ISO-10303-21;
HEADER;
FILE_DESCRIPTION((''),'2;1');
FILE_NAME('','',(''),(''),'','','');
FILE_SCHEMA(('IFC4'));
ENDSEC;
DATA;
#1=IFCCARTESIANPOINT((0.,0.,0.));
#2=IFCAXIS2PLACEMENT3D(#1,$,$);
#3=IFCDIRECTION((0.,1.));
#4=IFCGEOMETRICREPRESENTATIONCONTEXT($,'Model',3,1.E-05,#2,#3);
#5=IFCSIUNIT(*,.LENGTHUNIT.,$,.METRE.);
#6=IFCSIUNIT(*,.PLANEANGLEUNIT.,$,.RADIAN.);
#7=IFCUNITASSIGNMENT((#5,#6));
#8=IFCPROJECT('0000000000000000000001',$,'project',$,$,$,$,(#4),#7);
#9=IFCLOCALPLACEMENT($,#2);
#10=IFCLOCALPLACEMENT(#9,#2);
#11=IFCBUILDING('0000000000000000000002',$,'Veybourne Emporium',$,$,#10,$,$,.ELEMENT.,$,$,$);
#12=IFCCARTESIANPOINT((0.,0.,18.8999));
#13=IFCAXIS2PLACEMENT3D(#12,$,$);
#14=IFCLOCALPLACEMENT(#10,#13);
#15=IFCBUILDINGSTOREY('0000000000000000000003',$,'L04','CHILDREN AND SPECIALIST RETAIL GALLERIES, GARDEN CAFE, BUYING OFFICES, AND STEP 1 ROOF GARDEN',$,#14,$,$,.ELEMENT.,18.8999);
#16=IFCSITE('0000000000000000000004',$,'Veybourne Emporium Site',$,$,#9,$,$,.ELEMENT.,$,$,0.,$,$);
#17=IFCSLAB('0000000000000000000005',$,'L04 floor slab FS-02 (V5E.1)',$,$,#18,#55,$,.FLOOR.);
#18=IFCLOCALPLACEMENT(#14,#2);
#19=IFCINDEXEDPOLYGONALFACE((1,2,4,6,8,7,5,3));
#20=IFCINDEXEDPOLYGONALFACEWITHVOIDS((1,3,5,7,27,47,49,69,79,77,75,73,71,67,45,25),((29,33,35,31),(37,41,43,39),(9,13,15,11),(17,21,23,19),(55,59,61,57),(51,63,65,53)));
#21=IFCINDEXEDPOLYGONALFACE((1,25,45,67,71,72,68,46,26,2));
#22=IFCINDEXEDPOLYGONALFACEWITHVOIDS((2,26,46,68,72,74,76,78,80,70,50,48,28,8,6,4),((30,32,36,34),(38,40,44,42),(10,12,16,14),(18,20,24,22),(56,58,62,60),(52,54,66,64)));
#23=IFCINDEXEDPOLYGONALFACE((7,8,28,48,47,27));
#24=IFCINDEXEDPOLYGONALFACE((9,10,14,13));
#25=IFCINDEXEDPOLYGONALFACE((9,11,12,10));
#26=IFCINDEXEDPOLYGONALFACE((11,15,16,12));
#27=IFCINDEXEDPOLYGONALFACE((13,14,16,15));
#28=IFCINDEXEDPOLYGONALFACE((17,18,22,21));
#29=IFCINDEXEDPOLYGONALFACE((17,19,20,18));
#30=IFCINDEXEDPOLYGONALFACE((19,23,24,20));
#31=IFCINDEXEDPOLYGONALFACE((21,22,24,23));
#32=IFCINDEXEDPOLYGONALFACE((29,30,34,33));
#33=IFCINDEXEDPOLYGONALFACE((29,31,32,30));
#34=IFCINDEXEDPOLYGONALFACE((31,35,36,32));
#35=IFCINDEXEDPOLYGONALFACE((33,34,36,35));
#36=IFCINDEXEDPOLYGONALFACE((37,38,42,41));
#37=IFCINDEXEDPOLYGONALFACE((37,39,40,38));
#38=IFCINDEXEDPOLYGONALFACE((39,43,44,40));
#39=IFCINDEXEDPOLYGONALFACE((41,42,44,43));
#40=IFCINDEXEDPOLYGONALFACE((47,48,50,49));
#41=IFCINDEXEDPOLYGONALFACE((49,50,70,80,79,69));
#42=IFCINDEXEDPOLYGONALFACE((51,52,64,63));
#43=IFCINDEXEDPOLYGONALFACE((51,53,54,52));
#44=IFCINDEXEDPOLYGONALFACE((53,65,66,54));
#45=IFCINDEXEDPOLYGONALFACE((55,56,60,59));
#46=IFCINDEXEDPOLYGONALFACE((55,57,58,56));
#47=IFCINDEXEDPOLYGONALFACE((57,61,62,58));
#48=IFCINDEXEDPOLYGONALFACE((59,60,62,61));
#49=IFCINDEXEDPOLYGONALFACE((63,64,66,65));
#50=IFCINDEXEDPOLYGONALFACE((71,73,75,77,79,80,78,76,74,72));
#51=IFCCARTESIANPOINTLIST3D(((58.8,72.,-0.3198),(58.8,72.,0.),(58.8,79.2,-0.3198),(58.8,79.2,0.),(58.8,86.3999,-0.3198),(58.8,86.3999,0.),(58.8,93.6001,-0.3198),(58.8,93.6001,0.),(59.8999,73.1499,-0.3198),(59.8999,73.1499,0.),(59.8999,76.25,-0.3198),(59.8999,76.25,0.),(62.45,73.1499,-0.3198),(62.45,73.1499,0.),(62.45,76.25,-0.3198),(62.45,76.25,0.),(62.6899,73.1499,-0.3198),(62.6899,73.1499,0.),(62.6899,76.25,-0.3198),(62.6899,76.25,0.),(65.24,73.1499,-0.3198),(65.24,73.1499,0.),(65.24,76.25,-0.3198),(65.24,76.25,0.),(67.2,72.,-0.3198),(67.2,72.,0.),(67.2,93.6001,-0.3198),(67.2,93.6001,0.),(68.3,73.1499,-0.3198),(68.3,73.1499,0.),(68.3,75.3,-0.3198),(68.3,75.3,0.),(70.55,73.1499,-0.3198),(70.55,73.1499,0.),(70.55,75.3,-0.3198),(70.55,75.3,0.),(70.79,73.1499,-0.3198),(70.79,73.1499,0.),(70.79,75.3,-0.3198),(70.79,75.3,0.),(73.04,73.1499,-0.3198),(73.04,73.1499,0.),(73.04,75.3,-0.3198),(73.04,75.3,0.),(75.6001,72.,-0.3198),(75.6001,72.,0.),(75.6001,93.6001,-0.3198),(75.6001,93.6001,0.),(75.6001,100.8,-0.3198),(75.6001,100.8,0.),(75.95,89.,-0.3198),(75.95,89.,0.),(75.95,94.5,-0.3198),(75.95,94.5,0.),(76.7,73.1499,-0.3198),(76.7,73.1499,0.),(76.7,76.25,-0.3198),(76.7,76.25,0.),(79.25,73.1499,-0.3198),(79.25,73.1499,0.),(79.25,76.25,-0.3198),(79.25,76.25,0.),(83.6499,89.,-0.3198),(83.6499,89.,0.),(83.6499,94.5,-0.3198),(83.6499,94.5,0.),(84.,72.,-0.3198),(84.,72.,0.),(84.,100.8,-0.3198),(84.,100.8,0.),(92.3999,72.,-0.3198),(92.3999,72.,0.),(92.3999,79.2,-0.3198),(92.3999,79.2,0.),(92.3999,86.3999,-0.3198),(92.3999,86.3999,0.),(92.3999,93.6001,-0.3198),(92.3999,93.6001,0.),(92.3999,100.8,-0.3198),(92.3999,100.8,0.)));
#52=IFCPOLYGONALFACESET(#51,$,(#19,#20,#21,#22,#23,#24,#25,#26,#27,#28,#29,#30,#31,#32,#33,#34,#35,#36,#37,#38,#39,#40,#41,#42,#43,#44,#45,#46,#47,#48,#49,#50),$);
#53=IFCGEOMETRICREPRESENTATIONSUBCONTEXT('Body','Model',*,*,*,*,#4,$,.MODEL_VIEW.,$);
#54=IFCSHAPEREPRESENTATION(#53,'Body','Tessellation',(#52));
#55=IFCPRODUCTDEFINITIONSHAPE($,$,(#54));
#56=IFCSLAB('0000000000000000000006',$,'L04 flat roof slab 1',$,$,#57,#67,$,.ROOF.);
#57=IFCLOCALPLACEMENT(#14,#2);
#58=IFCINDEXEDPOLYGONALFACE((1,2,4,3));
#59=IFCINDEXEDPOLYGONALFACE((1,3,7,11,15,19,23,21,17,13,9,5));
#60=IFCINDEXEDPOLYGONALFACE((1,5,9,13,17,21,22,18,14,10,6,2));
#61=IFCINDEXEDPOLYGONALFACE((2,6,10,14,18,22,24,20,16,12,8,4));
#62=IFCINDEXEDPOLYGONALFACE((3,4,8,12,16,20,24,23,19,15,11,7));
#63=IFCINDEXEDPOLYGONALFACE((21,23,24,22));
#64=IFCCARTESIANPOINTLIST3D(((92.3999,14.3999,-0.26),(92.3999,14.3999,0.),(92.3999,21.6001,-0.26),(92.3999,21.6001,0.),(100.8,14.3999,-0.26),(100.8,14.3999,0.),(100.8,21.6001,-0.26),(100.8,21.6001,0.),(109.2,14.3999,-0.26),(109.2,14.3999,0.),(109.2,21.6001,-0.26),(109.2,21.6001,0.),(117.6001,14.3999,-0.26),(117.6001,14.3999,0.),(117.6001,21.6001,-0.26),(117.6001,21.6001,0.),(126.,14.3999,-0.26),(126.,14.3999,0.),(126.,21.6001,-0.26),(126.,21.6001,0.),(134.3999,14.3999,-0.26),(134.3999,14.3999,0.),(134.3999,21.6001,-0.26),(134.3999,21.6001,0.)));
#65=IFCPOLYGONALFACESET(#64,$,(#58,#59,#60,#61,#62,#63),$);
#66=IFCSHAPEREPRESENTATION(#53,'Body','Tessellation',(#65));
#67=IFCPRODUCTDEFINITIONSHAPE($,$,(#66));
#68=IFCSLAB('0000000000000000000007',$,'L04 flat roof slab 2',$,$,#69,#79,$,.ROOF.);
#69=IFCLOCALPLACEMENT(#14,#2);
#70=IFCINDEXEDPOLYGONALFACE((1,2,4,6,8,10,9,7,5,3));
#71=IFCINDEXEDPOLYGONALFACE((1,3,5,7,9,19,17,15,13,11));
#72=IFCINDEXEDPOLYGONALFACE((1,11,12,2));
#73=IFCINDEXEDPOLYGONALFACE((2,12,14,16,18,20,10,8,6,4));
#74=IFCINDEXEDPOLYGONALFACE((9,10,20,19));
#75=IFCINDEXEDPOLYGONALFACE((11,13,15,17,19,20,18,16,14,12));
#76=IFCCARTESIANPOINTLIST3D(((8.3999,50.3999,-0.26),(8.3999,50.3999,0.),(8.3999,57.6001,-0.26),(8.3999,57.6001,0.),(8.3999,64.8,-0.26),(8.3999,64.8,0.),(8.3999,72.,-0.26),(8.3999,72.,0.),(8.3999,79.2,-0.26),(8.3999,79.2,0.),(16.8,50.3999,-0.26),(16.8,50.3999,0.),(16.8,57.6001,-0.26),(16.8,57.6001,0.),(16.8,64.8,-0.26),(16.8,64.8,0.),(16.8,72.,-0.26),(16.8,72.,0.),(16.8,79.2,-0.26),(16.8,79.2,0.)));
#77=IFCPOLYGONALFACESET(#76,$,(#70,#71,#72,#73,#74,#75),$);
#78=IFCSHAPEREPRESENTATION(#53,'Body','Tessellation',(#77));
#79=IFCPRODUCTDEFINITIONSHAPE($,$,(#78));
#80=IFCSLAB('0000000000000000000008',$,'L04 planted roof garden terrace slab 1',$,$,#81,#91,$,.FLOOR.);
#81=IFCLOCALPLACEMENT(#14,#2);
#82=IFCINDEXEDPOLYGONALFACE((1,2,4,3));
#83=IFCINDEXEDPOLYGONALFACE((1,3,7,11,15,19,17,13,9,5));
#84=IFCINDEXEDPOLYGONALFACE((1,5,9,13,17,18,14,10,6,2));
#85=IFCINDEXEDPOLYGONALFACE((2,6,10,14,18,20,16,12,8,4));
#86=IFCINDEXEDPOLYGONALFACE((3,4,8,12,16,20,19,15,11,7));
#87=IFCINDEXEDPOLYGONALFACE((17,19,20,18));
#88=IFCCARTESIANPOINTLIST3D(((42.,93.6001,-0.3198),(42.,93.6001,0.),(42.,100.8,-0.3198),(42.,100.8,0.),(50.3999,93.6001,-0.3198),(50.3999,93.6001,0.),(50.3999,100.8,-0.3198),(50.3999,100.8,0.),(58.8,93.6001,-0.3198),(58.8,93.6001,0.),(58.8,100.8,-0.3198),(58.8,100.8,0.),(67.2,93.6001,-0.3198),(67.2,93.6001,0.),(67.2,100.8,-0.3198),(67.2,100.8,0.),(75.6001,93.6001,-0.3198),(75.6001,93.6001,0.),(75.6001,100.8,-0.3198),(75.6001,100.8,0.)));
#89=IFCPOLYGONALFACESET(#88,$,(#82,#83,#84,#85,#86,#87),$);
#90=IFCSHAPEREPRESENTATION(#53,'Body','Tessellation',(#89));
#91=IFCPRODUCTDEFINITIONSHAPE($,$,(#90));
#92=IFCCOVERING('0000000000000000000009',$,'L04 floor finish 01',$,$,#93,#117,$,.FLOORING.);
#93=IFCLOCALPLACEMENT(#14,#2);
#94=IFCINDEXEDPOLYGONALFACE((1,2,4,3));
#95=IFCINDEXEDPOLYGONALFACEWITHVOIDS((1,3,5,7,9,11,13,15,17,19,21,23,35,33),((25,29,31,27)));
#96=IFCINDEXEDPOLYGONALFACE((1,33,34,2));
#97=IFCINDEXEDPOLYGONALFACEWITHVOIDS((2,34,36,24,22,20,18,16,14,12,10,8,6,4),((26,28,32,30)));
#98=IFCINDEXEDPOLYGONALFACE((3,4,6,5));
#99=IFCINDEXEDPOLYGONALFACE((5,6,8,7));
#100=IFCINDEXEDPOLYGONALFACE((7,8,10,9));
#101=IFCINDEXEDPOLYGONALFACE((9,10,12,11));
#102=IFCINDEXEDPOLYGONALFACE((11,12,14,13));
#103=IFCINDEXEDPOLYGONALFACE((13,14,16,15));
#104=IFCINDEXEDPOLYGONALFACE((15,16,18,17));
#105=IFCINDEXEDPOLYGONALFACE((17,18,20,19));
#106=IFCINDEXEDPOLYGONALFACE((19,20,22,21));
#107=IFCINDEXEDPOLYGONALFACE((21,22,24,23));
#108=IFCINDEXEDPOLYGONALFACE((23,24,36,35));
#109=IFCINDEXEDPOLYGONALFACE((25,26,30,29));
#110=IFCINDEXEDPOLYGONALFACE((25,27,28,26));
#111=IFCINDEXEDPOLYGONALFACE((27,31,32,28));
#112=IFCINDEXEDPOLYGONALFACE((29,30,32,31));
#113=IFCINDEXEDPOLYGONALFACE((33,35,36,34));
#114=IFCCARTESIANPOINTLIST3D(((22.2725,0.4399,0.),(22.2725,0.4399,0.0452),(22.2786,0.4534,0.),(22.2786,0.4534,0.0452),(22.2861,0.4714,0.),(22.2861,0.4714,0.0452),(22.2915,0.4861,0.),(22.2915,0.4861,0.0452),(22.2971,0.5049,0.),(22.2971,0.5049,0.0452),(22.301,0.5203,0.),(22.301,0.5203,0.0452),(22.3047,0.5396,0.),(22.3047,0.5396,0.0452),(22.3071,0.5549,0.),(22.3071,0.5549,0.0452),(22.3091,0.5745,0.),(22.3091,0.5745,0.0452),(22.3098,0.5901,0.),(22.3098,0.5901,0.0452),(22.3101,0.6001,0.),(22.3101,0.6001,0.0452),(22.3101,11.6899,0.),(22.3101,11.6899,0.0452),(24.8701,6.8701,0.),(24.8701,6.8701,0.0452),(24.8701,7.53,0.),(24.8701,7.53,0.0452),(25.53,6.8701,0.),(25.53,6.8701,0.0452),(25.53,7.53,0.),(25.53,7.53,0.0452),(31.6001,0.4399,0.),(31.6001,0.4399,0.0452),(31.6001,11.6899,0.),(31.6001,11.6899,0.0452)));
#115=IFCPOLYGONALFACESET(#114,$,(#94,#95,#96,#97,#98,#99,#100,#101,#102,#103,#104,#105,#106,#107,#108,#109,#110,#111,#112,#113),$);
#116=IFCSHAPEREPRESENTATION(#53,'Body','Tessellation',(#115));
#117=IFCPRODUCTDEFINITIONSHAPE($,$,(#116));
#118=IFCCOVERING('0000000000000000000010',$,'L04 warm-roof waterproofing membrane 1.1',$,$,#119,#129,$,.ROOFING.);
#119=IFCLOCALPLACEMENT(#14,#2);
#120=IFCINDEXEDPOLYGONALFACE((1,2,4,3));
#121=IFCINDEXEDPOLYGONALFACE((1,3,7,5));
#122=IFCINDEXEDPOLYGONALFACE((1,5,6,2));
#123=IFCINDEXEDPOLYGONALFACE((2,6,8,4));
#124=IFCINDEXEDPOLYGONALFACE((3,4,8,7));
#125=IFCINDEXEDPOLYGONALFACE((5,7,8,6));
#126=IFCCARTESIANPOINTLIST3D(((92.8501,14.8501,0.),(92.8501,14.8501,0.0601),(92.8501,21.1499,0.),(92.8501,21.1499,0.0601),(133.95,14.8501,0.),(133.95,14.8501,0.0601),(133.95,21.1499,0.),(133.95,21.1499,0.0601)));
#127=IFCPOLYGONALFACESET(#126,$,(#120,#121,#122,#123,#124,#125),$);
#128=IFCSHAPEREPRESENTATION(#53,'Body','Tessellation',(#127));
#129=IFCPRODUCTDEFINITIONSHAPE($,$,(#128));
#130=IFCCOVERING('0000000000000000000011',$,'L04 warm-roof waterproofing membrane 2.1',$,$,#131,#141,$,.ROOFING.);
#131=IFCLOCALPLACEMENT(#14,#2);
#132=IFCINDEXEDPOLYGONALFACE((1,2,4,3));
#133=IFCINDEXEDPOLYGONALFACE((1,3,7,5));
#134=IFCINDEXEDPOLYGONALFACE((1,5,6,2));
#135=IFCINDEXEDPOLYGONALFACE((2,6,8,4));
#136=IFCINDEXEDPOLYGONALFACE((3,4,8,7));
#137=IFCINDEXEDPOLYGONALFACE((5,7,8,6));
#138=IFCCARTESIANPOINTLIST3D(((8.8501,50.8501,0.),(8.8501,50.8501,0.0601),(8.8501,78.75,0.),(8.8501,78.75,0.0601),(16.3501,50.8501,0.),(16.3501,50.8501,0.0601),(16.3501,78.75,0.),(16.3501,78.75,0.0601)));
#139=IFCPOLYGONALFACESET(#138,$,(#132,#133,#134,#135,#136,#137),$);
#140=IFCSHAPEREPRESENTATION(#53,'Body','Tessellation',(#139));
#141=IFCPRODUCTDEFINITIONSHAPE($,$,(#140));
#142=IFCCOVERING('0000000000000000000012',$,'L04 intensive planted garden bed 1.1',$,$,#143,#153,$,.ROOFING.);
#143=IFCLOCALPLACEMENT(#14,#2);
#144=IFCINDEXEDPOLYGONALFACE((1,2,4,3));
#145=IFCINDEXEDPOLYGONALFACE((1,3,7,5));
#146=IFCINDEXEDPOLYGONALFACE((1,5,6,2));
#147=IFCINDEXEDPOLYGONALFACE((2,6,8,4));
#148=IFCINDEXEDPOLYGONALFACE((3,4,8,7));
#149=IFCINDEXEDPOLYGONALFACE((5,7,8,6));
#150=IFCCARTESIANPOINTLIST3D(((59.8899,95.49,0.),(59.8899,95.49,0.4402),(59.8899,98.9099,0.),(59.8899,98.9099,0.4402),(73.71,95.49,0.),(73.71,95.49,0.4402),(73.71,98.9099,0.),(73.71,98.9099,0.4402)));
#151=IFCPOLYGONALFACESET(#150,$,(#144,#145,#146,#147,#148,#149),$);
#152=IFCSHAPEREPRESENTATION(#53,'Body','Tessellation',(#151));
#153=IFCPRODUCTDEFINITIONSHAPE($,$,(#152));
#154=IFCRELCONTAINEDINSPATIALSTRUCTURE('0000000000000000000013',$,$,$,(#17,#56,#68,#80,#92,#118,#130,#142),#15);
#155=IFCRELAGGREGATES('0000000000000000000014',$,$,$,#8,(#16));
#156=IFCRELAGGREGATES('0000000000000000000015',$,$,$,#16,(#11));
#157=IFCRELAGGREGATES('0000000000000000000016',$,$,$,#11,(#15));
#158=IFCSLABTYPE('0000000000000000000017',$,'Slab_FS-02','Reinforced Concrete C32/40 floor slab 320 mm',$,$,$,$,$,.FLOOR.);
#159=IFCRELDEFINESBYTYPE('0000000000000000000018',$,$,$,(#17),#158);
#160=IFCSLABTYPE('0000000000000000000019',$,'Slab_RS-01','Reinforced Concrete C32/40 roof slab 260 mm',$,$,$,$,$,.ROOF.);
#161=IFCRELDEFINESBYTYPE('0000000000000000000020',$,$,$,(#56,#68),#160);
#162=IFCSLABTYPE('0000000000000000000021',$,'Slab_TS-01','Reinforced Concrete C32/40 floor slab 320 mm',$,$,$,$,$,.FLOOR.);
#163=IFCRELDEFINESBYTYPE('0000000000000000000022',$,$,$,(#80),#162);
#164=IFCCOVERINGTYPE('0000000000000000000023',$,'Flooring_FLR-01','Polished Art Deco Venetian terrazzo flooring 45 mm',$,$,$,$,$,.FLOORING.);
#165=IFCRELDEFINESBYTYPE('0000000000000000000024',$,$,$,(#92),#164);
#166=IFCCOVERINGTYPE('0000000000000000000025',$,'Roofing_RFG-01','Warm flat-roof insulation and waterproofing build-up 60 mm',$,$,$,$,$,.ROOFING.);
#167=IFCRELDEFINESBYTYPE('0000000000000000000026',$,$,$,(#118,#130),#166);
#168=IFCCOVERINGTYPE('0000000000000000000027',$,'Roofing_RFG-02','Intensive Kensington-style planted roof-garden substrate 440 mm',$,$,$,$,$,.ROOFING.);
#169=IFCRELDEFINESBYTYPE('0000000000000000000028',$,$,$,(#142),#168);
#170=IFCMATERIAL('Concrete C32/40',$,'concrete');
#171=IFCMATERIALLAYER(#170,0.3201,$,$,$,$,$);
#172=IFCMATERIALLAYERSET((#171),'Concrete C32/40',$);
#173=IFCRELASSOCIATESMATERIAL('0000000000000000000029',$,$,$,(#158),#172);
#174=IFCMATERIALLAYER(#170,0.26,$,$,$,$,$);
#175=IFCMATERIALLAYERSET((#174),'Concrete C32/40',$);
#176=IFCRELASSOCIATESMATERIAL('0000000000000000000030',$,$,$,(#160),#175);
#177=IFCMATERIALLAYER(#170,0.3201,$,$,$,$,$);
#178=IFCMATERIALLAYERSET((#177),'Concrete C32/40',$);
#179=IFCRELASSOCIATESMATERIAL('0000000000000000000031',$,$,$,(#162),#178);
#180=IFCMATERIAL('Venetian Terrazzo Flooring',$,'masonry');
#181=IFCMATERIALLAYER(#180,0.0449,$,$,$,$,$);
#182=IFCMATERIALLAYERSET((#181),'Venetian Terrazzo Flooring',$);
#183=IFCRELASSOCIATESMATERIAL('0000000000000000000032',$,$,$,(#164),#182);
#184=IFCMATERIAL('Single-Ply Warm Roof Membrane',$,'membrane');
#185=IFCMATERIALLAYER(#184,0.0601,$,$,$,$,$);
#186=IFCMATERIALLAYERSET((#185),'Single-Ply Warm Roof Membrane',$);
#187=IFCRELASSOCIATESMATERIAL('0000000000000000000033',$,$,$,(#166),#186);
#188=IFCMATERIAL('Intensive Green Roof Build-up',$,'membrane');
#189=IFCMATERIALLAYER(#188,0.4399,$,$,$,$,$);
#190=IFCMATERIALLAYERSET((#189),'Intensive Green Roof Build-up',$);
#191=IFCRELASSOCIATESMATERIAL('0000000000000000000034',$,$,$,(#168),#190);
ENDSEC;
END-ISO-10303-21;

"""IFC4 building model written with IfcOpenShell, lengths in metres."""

from ifc_helpers import new_model, si_unit, direction, frame, origin, place, context, subcontext, project, spatial, polyline, outline, extrude, material, layer, layer_set, type_object, element, save


model = new_model("IFC4")

# Units and contexts
model_context = context("Model", 3, precision=1e-05, world=origin(), true_north=direction((0.0, 1.0)))
body_context = subcontext(model_context, "Body", "Model", "MODEL_VIEW")
ifc_project = project(units=[si_unit("LENGTHUNIT", "METRE"), si_unit("PLANEANGLEUNIT", "RADIAN")], contexts=[model_context])

# Site, building, storey
site_placement = place(None, origin())
site = spatial("IfcSite", under=ifc_project, at=site_placement, Name="Veybourne Emporium Site", CompositionType="ELEMENT", RefElevation=0.0)
building_placement = place(site_placement, origin())
building = spatial("IfcBuilding", under=site, at=building_placement, Name="Veybourne Emporium", CompositionType="ELEMENT")
storey_placement = place(building_placement, frame((0.0, 0.0, 18.8999)))
storey = spatial("IfcBuildingStorey", under=building, at=storey_placement, Name="L04", Description="CHILDREN AND SPECIALIST RETAIL GALLERIES, GARDEN CAFE, BUYING OFFICES, AND STEP 1 ROOF GARDEN", CompositionType="ELEMENT", Elevation=18.8999)

# Shared definitions
ifc_material_1 = material(Name="Concrete C32/40", Category="concrete")

# Slabs
ifc_layer_1 = layer(ifc_material_1, 0.3201)
ifc_layer_set_1 = layer_set([ifc_layer_1], Name="Concrete C32/40")
slab_type_1 = type_object("IfcSlabType", Name="Slab_FS-02", Description="Reinforced Concrete C32/40 floor slab 320 mm", PredefinedType="FLOOR", material=ifc_layer_set_1)
slab_1_placement = place(storey_placement, frame((0.0, 0.0, -0.3198)))
element("IfcSlab", 1, at=slab_1_placement, inside=storey, type_object=slab_type_1, Name="L04 floor slab FS-02 (V5E.1)", PredefinedType="FLOOR", context=body_context, shape_type="SweptSolid", body=[
    extrude(outline(polyline([(58.8, 93.6001), (67.2, 93.6001), (75.6001, 93.6001), (75.6001, 100.8), (84.0, 100.8), (92.3999, 100.8), (92.3999, 93.6001), (92.3999, 86.3999), (92.3999, 79.2), (92.3999, 72.0), (84.0, 72.0), (75.6001, 72.0), (67.2, 72.0), (58.8, 72.0), (58.8, 79.2), (58.8, 86.3999), (58.8, 93.6001)]), holes=[polyline([(68.3, 73.1499), (70.55, 73.1499), (70.55, 75.3), (68.3, 75.3), (68.3, 73.1499)]), polyline([(73.04, 73.1499), (73.04, 75.3), (70.79, 75.3), (70.79, 73.1499), (73.04, 73.1499)]), polyline([(59.8999, 73.1499), (62.45, 73.1499), (62.45, 76.25), (59.8999, 76.25), (59.8999, 73.1499)]), polyline([(62.6899, 73.1499), (65.24, 73.1499), (65.24, 76.25), (62.6899, 76.25), (62.6899, 73.1499)]), polyline([(79.25, 73.1499), (79.25, 76.25), (76.7, 76.25), (76.7, 73.1499), (79.25, 73.1499)]), polyline([(75.95, 89.0), (83.6499, 89.0), (83.6499, 94.5), (75.95, 94.5), (75.95, 89.0)])]), origin(), (0.0, 0.0, 1.0), 0.3198),
])
ifc_layer_2 = layer(ifc_material_1, 0.26)
ifc_layer_set_2 = layer_set([ifc_layer_2], Name="Concrete C32/40")
slab_type_2 = type_object("IfcSlabType", Name="Slab_RS-01", Description="Reinforced Concrete C32/40 roof slab 260 mm", PredefinedType="ROOF", material=ifc_layer_set_2)
slab_2_placement = place(storey_placement, frame((0.0, 0.0, -0.26)))
element("IfcSlab", 2, at=slab_2_placement, inside=storey, type_object=slab_type_2, Name="L04 flat roof slab 1", PredefinedType="ROOF", context=body_context, shape_type="SweptSolid", body=[
    extrude(outline(polyline([(109.2, 21.6001), (117.6001, 21.6001), (126.0, 21.6001), (134.3999, 21.6001), (134.3999, 14.3999), (126.0, 14.3999), (117.6001, 14.3999), (109.2, 14.3999), (100.8, 14.3999), (92.3999, 14.3999), (92.3999, 21.6001), (100.8, 21.6001), (109.2, 21.6001)])), origin(), (0.0, 0.0, 1.0), 0.26),
])
slab_3_placement = place(storey_placement, frame((0.0, 0.0, -0.26)))
element("IfcSlab", 3, at=slab_3_placement, inside=storey, type_object=slab_type_2, Name="L04 flat roof slab 2", PredefinedType="ROOF", context=body_context, shape_type="SweptSolid", body=[
    extrude(outline(polyline([(8.3999, 64.8), (8.3999, 72.0), (8.3999, 79.2), (16.8, 79.2), (16.8, 72.0), (16.8, 64.8), (16.8, 57.6001), (16.8, 50.3999), (8.3999, 50.3999), (8.3999, 57.6001), (8.3999, 64.8)])), origin(), (0.0, 0.0, 1.0), 0.26),
])
ifc_layer_3 = layer(ifc_material_1, 0.3201)
ifc_layer_set_3 = layer_set([ifc_layer_3], Name="Concrete C32/40")
slab_type_3 = type_object("IfcSlabType", Name="Slab_TS-01", Description="Reinforced Concrete C32/40 floor slab 320 mm", PredefinedType="FLOOR", material=ifc_layer_set_3)
slab_4_placement = place(storey_placement, frame((0.0, 0.0, -0.3198)))
element("IfcSlab", 4, at=slab_4_placement, inside=storey, type_object=slab_type_3, Name="L04 planted roof garden terrace slab 1", PredefinedType="FLOOR", context=body_context, shape_type="SweptSolid", body=[
    extrude(outline(polyline([(50.3999, 100.8), (58.8, 100.8), (67.2, 100.8), (75.6001, 100.8), (75.6001, 93.6001), (67.2, 93.6001), (58.8, 93.6001), (50.3999, 93.6001), (42.0, 93.6001), (42.0, 100.8), (50.3999, 100.8)])), origin(), (0.0, 0.0, 1.0), 0.3198),
])

# Coverings
ifc_material_2 = material(Name="Venetian Terrazzo Flooring", Category="masonry")
ifc_layer_4 = layer(ifc_material_2, 0.0449)
ifc_layer_set_4 = layer_set([ifc_layer_4], Name="Venetian Terrazzo Flooring")
covering_type_1 = type_object("IfcCoveringType", Name="Flooring_FLR-01", Description="Polished Art Deco Venetian terrazzo flooring 45 mm", PredefinedType="FLOORING", material=ifc_layer_set_4)
covering_1_placement = place(storey_placement, origin())
element("IfcCovering", 5, at=covering_1_placement, inside=storey, type_object=covering_type_1, Name="L04 floor finish 01", PredefinedType="FLOORING", context=body_context, shape_type="SweptSolid", body=[
    extrude(outline(polyline([(22.2786, 0.4534), (22.2861, 0.4714), (22.2915, 0.4861), (22.2971, 0.5049), (22.301, 0.5203), (22.3047, 0.5396), (22.3071, 0.5549), (22.3091, 0.5745), (22.3098, 0.5901), (22.3101, 0.6001), (22.3101, 11.6899), (31.6001, 11.6899), (31.6001, 0.4399), (22.2725, 0.4399), (22.2786, 0.4534)]), holes=[polyline([(24.8701, 7.53), (24.8701, 6.8701), (25.53, 6.8701), (25.53, 7.53), (24.8701, 7.53)])]), origin(), (0.0, 0.0, 1.0), 0.0452),
])
ifc_material_3 = material(Name="Single-Ply Warm Roof Membrane", Category="membrane")
ifc_layer_5 = layer(ifc_material_3, 0.0601)
ifc_layer_set_5 = layer_set([ifc_layer_5], Name="Single-Ply Warm Roof Membrane")
covering_type_2 = type_object("IfcCoveringType", Name="Roofing_RFG-01", Description="Warm flat-roof insulation and waterproofing build-up 60 mm", PredefinedType="ROOFING", material=ifc_layer_set_5)
covering_2_placement = place(storey_placement, origin())
element("IfcCovering", 6, at=covering_2_placement, inside=storey, type_object=covering_type_2, Name="L04 warm-roof waterproofing membrane 1.1", PredefinedType="ROOFING", context=body_context, shape_type="SweptSolid", body=[
    extrude(outline(polyline([(133.95, 21.1499), (133.95, 14.8501), (92.8501, 14.8501), (92.8501, 21.1499), (133.95, 21.1499)])), origin(), (0.0, 0.0, 1.0), 0.0601),
])
covering_3_placement = place(storey_placement, origin())
element("IfcCovering", 7, at=covering_3_placement, inside=storey, type_object=covering_type_2, Name="L04 warm-roof waterproofing membrane 2.1", PredefinedType="ROOFING", context=body_context, shape_type="SweptSolid", body=[
    extrude(outline(polyline([(8.8501, 78.75), (16.3501, 78.75), (16.3501, 50.8501), (8.8501, 50.8501), (8.8501, 78.75)])), origin(), (0.0, 0.0, 1.0), 0.0601),
])
ifc_material_4 = material(Name="Intensive Green Roof Build-up", Category="membrane")
ifc_layer_6 = layer(ifc_material_4, 0.4399)
ifc_layer_set_6 = layer_set([ifc_layer_6], Name="Intensive Green Roof Build-up")
covering_type_3 = type_object("IfcCoveringType", Name="Roofing_RFG-02", Description="Intensive Kensington-style planted roof-garden substrate 440 mm", PredefinedType="ROOFING", material=ifc_layer_set_6)
covering_4_placement = place(storey_placement, origin())
element("IfcCovering", 8, at=covering_4_placement, inside=storey, type_object=covering_type_3, Name="L04 intensive planted garden bed 1.1", PredefinedType="ROOFING", context=body_context, shape_type="SweptSolid", body=[
    extrude(outline(polyline([(73.71, 95.49), (59.8899, 95.49), (59.8899, 98.9099), (73.71, 98.9099), (73.71, 95.49)])), origin(), (0.0, 0.0, 1.0), 0.4402),
])

save(model, "model.ifc")
